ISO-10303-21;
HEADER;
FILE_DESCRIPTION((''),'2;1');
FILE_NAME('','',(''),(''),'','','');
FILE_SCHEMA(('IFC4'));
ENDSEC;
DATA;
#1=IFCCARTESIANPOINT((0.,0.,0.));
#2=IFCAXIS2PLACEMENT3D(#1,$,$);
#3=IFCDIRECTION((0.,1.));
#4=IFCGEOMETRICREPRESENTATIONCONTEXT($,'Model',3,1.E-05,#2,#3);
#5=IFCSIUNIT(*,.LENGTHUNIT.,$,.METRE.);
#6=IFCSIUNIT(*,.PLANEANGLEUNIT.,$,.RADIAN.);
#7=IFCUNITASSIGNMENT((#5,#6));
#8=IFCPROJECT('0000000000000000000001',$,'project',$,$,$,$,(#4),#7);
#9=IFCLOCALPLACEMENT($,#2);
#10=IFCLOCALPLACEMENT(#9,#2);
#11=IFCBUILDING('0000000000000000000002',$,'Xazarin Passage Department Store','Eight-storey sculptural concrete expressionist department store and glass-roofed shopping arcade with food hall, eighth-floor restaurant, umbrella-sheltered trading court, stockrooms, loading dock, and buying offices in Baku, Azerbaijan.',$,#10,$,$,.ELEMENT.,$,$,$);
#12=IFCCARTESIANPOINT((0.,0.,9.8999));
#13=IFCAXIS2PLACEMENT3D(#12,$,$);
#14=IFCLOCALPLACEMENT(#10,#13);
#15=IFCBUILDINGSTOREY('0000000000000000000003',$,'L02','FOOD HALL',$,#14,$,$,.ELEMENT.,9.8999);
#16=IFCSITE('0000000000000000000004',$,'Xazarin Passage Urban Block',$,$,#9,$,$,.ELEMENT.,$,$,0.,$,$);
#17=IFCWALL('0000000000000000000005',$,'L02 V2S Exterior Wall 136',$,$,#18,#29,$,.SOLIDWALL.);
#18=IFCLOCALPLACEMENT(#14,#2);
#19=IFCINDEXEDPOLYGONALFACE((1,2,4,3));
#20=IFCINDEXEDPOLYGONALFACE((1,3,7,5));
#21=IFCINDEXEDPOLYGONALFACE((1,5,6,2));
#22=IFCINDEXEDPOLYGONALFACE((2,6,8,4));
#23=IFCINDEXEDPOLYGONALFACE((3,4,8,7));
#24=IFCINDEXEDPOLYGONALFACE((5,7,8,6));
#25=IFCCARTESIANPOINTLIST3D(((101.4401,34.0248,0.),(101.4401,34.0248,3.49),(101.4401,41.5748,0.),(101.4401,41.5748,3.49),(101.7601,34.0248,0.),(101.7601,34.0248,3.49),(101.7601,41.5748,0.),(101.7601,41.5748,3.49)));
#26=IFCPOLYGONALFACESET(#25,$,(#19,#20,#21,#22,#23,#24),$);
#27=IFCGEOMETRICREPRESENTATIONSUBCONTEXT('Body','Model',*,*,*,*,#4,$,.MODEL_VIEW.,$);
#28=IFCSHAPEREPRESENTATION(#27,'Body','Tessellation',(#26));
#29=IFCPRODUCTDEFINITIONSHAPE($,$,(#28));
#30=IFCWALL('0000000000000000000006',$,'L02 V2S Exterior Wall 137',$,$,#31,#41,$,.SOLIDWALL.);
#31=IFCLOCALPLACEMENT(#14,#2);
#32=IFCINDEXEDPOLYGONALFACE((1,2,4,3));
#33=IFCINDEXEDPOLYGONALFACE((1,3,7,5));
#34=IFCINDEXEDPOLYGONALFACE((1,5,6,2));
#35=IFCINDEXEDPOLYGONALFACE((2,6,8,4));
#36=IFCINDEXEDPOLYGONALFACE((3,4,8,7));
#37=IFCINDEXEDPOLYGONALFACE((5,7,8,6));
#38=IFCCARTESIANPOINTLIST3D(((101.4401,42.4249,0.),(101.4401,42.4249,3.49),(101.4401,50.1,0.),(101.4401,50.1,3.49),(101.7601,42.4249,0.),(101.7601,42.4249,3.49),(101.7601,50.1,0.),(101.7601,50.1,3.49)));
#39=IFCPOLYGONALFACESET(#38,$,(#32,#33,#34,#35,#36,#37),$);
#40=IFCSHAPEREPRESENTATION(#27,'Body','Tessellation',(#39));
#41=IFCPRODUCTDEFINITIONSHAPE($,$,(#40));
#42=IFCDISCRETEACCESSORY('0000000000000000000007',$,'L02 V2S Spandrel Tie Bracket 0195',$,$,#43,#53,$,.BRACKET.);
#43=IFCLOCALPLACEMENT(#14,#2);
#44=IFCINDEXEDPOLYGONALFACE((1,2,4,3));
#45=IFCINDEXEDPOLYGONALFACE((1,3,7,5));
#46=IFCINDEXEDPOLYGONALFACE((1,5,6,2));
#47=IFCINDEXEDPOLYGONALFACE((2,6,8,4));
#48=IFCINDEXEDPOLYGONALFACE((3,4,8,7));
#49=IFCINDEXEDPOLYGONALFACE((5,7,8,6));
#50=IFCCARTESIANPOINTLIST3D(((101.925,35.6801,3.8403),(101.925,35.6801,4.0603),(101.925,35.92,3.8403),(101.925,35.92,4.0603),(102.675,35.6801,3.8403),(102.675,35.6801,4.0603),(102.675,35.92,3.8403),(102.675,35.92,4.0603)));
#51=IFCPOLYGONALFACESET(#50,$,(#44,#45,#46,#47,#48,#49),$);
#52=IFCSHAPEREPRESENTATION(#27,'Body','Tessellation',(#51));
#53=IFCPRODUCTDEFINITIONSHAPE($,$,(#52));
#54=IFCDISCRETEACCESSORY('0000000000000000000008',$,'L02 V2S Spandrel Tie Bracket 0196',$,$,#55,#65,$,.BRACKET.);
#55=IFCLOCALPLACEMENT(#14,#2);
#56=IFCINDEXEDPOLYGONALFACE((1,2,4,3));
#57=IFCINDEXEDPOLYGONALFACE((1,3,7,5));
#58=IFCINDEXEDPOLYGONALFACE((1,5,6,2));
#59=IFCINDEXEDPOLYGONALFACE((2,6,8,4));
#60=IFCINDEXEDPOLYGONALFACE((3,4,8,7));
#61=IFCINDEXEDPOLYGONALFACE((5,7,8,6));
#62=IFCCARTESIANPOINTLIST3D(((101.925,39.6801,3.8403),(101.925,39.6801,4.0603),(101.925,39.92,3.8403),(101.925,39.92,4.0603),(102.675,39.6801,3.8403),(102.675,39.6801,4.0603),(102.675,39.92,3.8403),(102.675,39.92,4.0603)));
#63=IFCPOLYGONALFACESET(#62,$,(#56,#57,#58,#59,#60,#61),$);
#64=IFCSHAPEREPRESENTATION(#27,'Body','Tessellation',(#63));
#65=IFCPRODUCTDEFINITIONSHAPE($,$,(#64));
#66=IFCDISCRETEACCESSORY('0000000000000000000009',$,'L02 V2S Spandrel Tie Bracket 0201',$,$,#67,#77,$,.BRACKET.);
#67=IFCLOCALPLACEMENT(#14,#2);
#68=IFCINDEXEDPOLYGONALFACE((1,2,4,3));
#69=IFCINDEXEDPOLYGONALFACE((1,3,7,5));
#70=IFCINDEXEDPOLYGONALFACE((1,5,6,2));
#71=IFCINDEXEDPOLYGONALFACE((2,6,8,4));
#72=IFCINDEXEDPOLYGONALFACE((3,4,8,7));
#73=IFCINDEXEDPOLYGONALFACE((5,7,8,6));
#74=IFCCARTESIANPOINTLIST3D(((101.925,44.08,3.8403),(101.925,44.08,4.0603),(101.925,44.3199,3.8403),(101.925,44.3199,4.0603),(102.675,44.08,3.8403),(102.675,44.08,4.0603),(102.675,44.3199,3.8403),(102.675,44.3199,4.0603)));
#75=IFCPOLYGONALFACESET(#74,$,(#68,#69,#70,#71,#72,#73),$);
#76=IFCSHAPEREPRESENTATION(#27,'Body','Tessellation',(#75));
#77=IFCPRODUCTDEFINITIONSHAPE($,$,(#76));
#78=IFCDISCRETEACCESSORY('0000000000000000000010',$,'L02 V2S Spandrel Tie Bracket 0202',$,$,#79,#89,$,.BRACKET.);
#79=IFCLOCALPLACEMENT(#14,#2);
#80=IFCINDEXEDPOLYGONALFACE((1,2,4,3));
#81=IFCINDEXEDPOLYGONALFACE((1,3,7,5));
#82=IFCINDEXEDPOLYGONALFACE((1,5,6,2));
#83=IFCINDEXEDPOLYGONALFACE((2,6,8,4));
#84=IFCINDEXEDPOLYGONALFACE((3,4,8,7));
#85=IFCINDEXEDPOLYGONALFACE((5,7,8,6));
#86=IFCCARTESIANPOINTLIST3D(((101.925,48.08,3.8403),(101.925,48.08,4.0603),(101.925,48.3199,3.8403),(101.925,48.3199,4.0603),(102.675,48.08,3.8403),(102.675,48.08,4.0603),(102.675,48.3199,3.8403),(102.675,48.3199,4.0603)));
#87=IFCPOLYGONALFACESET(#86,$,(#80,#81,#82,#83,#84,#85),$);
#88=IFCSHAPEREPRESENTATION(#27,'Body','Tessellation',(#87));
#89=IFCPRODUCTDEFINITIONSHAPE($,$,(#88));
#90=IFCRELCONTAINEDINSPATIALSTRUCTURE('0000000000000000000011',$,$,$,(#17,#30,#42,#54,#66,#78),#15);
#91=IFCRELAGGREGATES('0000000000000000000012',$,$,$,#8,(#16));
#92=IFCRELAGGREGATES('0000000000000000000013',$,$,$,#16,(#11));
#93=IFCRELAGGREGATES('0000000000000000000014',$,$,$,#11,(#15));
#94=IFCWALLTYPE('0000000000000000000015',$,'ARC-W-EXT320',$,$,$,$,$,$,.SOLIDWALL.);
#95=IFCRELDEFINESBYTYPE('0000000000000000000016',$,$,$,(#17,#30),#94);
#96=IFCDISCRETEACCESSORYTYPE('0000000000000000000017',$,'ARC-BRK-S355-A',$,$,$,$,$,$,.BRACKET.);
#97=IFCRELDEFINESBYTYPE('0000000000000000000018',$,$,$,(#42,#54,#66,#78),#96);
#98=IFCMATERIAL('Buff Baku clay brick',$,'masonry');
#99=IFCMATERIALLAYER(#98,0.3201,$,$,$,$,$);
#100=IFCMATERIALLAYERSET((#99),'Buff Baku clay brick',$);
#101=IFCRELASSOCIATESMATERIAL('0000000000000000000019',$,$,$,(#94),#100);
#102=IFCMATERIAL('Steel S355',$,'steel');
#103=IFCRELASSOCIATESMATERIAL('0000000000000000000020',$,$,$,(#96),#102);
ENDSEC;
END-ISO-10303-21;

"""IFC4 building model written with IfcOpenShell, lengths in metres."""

from ifc_helpers import new_model, si_unit, direction, frame, frame_2d, origin, origin_2d, place, context, subcontext, project, spatial, rectangle, extrude, material, layer, layer_set, type_object, element, save


model = new_model("IFC4")

# Units and contexts
model_context = context("Model", 3, precision=1e-05, world=origin(), true_north=direction((0.0, 1.0)))
body_context = subcontext(model_context, "Body", "Model", "MODEL_VIEW")
ifc_project = project(units=[si_unit("LENGTHUNIT", "METRE"), si_unit("PLANEANGLEUNIT", "RADIAN")], contexts=[model_context])

# Site, building, storey
site_placement = place(None, origin())
site = spatial("IfcSite", under=ifc_project, at=site_placement, Name="Xazarin Passage Urban Block", CompositionType="ELEMENT", RefElevation=0.0)
building_placement = place(site_placement, origin())
building = spatial("IfcBuilding", under=site, at=building_placement, Name="Xazarin Passage Department Store", Description="Eight-storey sculptural concrete expressionist department store and glass-roofed shopping arcade with food hall, eighth-floor restaurant, umbrella-sheltered trading court, stockrooms, loading dock, and buying offices in Baku, Azerbaijan.", CompositionType="ELEMENT")
storey_placement = place(building_placement, frame((0.0, 0.0, 9.8999)))
storey = spatial("IfcBuildingStorey", under=building, at=storey_placement, Name="L02", Description="FOOD HALL", CompositionType="ELEMENT", Elevation=9.8999)

# Walls
ifc_material_1 = material(Name="Buff Baku clay brick", Category="masonry")
ifc_layer = layer(ifc_material_1, 0.3201)
ifc_layer_set = layer_set([ifc_layer], Name="Buff Baku clay brick")
wall_type = type_object("IfcWallType", Name="ARC-W-EXT320", PredefinedType="SOLIDWALL", material=ifc_layer_set)
wall_1_placement = place(storey_placement, frame((101.6001, 34.0249, 0.0), z_axis=(0.0, 0.0, 1.0), x_axis=(0.0, 1.0, 0.0)))
element("IfcWall", 1, at=wall_1_placement, inside=storey, type_object=wall_type, Name="L02 V2S Exterior Wall 136", PredefinedType="SOLIDWALL", context=body_context, shape_type="SweptSolid", body=[
    extrude(rectangle(XDim=7.55, YDim=0.3201, at=frame_2d((3.7749, 0.0))), origin(), (0.0, 0.0, 1.0), 3.49),
])
wall_2_placement = place(storey_placement, frame((101.6001, 42.425, 0.0), z_axis=(0.0, 0.0, 1.0), x_axis=(0.0, 1.0, 0.0)))
element("IfcWall", 2, at=wall_2_placement, inside=storey, type_object=wall_type, Name="L02 V2S Exterior Wall 137", PredefinedType="SOLIDWALL", context=body_context, shape_type="SweptSolid", body=[
    extrude(rectangle(XDim=7.675, YDim=0.3201, at=frame_2d((3.8374, 0.0))), origin(), (0.0, 0.0, 1.0), 3.49),
])

# Discrete accessories
ifc_material_2 = material(Name="Steel S355", Category="steel")
discrete_accessory_type = type_object("IfcDiscreteAccessoryType", Name="ARC-BRK-S355-A", PredefinedType="BRACKET", material=ifc_material_2)
for number, where, z_axis, x_axis, name in (
    (3, (102.3, 35.8, 3.8403), (0.0, 0.0, 1.0), (0.0, 1.0, 0.0), "L02 V2S Spandrel Tie Bracket 0195"),
    (4, (102.3, 39.8, 3.8403), (0.0, 0.0, 1.0), (0.0, 1.0, 0.0), "L02 V2S Spandrel Tie Bracket 0196"),
    (5, (102.3, 44.2, 3.8403), (0.0, 0.0, 1.0), (0.0, 1.0, 0.0), "L02 V2S Spandrel Tie Bracket 0201"),
    (6, (102.3, 48.2, 3.8403), (0.0, 0.0, 1.0), (0.0, 1.0, 0.0), "L02 V2S Spandrel Tie Bracket 0202"),
):
    element("IfcDiscreteAccessory", number, at=place(storey_placement, frame(where, z_axis=z_axis, x_axis=x_axis)), inside=storey, type_object=discrete_accessory_type, Name=name, PredefinedType="BRACKET", context=body_context, shape_type="SweptSolid", body=[
        extrude(rectangle(XDim=0.24, YDim=0.75, at=origin_2d()), origin(), (0.0, 0.0, 1.0), 0.22),
    ])

save(model, "model.ifc")
